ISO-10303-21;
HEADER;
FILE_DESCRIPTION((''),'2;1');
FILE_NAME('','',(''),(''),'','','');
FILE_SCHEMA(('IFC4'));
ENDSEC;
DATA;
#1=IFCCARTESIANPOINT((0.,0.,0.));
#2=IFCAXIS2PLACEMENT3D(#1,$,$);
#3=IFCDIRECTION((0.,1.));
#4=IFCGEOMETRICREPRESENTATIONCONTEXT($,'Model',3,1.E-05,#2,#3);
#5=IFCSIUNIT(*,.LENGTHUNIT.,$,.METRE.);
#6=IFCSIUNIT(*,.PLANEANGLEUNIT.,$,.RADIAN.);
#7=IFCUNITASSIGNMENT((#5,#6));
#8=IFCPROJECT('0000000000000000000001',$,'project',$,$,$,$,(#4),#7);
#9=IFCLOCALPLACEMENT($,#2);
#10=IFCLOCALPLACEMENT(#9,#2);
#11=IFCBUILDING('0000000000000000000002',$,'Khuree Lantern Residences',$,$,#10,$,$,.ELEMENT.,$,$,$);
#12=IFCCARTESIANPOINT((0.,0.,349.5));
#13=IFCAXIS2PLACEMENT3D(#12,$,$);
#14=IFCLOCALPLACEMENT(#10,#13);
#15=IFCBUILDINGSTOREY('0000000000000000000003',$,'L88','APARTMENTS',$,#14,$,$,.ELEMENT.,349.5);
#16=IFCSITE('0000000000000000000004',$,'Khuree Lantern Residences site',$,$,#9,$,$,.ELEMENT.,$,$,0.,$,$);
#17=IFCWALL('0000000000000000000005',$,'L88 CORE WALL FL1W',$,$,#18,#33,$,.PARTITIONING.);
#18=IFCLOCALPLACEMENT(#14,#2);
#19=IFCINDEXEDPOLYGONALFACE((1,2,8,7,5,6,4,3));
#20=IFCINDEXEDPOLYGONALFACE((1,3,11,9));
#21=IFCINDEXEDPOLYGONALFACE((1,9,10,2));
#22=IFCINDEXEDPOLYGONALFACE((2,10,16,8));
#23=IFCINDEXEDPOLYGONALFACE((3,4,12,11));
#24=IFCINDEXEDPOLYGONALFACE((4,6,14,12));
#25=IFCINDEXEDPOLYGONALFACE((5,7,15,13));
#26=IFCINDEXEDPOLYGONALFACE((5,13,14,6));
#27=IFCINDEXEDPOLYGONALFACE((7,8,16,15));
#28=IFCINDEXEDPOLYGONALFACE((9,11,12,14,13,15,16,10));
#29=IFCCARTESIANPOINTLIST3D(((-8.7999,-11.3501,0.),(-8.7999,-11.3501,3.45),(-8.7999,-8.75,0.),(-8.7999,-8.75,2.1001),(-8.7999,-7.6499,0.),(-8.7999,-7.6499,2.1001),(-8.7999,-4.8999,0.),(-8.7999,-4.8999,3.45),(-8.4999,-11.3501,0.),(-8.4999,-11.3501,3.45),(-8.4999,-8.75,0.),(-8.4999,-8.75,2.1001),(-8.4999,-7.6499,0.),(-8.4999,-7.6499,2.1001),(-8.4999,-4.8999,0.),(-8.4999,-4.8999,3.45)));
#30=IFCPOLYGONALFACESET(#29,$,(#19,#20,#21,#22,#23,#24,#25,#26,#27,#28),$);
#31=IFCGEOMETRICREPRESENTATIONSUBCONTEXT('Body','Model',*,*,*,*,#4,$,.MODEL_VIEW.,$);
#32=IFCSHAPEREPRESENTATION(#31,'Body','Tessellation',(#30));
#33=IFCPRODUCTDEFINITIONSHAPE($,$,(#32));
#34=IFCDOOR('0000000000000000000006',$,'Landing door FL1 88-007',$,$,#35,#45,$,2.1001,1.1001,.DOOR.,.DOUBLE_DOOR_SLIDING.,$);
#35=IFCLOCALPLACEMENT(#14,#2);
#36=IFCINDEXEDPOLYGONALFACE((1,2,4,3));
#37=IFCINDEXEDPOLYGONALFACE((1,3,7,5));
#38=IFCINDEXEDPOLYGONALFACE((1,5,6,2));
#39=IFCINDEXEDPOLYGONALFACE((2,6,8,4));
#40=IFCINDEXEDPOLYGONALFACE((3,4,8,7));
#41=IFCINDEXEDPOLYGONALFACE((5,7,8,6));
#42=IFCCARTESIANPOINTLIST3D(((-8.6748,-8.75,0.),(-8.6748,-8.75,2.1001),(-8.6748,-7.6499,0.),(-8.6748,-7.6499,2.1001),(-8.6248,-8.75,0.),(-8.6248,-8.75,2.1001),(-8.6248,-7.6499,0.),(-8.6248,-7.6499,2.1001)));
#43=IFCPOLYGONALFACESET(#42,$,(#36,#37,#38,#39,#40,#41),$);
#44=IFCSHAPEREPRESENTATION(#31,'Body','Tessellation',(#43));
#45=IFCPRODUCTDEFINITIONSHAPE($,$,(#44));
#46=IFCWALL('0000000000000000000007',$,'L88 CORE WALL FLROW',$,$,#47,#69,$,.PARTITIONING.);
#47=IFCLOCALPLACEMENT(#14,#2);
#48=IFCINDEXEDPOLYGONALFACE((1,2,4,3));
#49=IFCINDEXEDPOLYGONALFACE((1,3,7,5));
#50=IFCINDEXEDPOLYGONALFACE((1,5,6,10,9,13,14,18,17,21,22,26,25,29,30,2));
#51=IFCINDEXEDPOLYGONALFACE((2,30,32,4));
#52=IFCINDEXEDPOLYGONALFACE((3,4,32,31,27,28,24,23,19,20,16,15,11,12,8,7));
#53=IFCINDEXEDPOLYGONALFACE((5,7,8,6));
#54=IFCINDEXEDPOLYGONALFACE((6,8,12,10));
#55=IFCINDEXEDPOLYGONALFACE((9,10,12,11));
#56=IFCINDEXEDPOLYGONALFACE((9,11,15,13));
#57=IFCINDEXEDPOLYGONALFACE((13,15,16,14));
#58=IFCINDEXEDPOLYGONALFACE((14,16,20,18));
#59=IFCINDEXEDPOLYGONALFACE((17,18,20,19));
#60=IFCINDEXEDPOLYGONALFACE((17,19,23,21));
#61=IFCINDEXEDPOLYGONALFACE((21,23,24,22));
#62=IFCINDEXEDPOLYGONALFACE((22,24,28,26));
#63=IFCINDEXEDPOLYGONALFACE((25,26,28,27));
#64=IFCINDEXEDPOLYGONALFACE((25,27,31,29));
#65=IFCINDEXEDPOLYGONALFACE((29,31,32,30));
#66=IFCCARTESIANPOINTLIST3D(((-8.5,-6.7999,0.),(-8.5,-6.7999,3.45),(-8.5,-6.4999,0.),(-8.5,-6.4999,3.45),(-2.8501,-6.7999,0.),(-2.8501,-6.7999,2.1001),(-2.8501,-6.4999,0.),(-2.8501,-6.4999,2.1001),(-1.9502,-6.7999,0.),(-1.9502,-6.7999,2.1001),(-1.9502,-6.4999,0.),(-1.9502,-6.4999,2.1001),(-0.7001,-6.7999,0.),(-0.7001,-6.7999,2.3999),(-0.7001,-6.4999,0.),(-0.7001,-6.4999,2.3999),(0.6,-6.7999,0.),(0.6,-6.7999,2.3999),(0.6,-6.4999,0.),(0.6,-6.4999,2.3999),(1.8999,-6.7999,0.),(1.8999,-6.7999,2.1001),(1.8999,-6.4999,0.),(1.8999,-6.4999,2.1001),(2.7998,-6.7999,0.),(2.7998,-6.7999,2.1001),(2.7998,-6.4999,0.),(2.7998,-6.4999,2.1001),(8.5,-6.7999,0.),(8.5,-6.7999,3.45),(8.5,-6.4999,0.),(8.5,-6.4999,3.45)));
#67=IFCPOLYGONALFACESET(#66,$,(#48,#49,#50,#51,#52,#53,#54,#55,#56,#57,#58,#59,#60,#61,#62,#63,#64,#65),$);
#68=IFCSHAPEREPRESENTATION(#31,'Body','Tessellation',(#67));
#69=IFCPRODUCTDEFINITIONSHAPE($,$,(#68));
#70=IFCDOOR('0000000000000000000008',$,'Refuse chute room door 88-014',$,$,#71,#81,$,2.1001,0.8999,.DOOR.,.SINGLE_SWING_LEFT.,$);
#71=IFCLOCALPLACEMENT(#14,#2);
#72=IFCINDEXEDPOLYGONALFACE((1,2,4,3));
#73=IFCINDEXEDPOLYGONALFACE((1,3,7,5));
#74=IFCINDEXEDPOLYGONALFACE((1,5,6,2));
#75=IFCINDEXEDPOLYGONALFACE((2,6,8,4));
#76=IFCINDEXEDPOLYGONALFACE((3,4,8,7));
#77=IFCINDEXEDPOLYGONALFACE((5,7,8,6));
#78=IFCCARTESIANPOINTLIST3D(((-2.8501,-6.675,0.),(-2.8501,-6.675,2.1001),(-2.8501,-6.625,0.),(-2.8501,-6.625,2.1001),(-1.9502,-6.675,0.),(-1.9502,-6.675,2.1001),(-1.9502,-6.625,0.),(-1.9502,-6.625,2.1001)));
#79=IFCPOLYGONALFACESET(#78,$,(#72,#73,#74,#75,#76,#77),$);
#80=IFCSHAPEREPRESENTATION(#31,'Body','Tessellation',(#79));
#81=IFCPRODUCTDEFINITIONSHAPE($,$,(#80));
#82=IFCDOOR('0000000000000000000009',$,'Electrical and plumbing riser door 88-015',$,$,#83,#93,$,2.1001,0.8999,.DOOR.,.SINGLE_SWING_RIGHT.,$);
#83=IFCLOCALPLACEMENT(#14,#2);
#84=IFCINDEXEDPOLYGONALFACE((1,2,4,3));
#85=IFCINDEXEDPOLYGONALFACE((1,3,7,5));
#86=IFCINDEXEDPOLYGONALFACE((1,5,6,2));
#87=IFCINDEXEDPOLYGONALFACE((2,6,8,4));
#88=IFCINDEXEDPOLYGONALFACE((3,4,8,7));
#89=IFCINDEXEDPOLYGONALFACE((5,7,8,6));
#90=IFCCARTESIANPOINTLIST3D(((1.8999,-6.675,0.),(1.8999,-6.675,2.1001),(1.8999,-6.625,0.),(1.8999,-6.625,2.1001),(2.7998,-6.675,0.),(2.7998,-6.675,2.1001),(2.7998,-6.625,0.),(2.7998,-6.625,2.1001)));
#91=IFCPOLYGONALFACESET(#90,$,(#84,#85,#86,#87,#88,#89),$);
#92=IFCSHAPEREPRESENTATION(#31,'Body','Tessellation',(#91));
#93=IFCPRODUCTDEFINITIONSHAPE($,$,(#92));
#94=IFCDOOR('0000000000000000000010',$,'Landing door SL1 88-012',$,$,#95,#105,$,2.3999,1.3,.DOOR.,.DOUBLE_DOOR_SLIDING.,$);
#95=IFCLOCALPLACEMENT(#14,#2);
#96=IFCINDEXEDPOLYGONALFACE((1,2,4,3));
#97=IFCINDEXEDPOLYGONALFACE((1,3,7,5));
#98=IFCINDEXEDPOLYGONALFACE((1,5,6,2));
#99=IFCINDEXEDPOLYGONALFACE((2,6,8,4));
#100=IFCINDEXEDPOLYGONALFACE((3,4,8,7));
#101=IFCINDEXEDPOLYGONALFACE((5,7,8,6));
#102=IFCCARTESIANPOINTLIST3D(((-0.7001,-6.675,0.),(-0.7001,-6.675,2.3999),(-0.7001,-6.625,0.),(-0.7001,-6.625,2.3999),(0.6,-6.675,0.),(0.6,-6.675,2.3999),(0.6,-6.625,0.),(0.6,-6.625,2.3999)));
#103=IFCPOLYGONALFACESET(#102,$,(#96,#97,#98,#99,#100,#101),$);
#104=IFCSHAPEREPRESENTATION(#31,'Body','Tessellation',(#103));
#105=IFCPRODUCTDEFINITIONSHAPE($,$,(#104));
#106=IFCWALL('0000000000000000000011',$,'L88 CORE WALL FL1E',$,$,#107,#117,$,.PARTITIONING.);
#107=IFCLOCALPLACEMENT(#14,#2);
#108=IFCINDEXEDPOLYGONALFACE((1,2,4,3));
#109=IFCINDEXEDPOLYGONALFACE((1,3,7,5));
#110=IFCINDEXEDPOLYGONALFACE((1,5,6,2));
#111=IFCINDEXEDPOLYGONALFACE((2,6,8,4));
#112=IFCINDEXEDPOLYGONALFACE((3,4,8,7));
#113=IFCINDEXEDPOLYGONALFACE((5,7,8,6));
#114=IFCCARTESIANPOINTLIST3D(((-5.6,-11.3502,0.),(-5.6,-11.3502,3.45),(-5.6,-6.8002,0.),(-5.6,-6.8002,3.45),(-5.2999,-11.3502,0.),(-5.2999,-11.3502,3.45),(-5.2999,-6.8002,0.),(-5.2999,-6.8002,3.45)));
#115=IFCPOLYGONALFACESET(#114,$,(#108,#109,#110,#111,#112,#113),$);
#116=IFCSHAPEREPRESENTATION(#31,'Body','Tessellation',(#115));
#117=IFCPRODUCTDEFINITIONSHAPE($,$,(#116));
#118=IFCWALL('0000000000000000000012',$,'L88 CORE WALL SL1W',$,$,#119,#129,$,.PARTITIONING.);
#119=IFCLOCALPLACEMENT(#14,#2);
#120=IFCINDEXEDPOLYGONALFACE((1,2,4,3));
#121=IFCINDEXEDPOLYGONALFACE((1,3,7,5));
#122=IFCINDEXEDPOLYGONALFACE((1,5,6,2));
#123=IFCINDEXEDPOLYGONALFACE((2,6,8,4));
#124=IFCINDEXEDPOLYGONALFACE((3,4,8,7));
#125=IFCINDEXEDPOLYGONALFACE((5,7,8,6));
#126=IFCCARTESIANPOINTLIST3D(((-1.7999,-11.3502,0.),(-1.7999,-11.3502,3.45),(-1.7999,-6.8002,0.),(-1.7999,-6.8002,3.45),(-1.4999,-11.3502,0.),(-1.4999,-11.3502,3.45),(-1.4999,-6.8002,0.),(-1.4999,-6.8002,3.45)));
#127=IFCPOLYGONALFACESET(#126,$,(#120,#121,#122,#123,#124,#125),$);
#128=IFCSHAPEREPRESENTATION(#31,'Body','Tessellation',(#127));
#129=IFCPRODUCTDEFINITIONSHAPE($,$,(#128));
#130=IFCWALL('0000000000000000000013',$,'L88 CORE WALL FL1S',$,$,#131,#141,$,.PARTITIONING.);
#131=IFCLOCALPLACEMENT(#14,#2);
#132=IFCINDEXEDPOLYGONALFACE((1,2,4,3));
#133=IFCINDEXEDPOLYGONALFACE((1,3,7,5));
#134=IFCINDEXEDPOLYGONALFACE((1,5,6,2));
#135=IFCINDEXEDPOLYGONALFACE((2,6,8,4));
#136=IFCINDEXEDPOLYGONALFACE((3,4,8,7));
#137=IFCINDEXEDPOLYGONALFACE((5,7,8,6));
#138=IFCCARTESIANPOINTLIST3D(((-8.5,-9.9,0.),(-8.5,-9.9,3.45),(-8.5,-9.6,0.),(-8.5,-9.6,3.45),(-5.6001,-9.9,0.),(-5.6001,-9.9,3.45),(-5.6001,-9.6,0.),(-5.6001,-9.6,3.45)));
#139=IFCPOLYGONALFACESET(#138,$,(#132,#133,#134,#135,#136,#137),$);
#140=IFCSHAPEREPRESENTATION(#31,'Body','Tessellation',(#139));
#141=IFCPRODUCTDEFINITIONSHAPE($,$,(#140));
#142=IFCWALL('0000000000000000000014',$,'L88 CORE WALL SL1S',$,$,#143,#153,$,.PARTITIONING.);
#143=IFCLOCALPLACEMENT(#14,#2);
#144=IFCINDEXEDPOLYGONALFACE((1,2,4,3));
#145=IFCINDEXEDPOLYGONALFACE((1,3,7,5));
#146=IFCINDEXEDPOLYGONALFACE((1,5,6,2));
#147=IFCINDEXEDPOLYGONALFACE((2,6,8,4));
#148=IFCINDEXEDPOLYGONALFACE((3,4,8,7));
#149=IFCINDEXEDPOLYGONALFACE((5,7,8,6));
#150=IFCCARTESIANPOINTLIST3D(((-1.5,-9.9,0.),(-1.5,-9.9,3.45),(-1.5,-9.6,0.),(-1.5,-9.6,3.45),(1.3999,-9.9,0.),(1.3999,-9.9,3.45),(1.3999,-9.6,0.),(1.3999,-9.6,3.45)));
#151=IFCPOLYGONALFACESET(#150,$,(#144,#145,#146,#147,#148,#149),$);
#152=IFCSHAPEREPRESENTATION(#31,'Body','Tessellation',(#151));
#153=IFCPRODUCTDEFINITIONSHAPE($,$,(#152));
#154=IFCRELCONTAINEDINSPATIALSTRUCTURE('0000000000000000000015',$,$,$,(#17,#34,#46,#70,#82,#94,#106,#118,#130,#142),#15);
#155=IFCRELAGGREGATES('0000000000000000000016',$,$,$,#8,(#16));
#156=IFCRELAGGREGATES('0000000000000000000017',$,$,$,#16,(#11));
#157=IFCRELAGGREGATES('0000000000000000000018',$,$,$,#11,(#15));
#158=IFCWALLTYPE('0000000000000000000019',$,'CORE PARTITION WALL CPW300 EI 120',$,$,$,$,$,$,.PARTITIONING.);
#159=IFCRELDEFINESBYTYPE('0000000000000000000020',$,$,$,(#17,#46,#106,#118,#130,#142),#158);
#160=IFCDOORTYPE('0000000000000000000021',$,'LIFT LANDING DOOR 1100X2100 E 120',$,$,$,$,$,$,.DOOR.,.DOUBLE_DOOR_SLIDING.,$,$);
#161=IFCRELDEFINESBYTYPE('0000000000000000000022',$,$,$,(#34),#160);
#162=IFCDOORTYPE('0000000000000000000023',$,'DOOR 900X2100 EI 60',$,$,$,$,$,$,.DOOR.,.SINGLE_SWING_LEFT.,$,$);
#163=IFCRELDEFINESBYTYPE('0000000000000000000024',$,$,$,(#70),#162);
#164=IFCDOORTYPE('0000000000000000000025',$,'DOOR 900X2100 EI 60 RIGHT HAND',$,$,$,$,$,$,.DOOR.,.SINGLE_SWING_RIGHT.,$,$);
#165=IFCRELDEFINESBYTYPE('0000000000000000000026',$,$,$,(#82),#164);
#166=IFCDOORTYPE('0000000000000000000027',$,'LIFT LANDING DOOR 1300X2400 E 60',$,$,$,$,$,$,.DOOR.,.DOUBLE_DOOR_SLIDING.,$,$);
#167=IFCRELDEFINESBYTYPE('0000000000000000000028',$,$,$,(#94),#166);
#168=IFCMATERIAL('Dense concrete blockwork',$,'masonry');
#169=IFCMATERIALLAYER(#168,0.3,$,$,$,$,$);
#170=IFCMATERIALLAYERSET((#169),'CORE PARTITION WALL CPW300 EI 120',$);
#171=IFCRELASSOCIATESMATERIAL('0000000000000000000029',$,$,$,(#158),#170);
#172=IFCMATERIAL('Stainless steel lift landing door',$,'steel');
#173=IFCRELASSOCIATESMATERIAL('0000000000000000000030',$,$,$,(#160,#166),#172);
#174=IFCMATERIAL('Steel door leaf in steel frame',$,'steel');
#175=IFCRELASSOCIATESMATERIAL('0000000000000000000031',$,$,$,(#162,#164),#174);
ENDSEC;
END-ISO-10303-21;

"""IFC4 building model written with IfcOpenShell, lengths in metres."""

from ifc_helpers import new_model, si_unit, direction, frame, frame_2d, origin, place, context, subcontext, project, spatial, rectangle, extrude, material, layer, layer_set, type_object, element, fill, save


model = new_model("IFC4")

# Units and contexts
model_context = context("Model", 3, precision=1e-05, world=origin(), true_north=direction((0.0, 1.0)))
body_context = subcontext(model_context, "Body", "Model", "MODEL_VIEW")
ifc_project = project(units=[si_unit("LENGTHUNIT", "METRE"), si_unit("PLANEANGLEUNIT", "RADIAN")], contexts=[model_context])

# Site, building, storey
site_placement = place(None, origin())
site = spatial("IfcSite", under=ifc_project, at=site_placement, Name="Khuree Lantern Residences site", CompositionType="ELEMENT", RefElevation=0.0)
building_placement = place(site_placement, origin())
building = spatial("IfcBuilding", under=site, at=building_placement, Name="Khuree Lantern Residences", CompositionType="ELEMENT")
storey_placement = place(building_placement, frame((0.0, 0.0, 349.5)))
storey = spatial("IfcBuildingStorey", under=building, at=storey_placement, Name="L88", Description="APARTMENTS", CompositionType="ELEMENT", Elevation=349.5)

# Wall, opening, door
ifc_material_1 = material(Name="Dense concrete blockwork", Category="masonry")
ifc_layer_1 = layer(ifc_material_1, 0.3)
ifc_layer_set_1 = layer_set([ifc_layer_1], Name="CORE PARTITION WALL CPW300 EI 120")
wall_type_1 = type_object("IfcWallType", Name="CORE PARTITION WALL CPW300 EI 120", PredefinedType="PARTITIONING", material=ifc_layer_set_1)
wall_1_placement = place(storey_placement, frame((-8.6499, -11.3501, 0.0), z_axis=(0.0, 0.0, 1.0), x_axis=(0.0, 1.0, 0.0)))
wall_1 = element("IfcWall", 1, at=wall_1_placement, inside=storey, type_object=wall_type_1, Name="L88 CORE WALL FL1W", PredefinedType="PARTITIONING", context=body_context, shape_type="SweptSolid", body=[
    extrude(rectangle(XDim=6.4502, YDim=0.3, at=frame_2d((3.2251, 0.0))), origin(), (0.0, 0.0, 1.0), 3.45),
])
opening_1_placement = place(wall_1_placement, frame((2.6001, 0.0, 0.0)))
opening_1 = element("IfcOpeningElement", 2, at=opening_1_placement, cuts=wall_1, PredefinedType="OPENING", context=body_context, shape_type="SweptSolid", body=[
    extrude(rectangle(XDim=1.1001, YDim=2.1001, at=frame_2d((0.55, 1.05))), frame((0.0, 0.1602, 0.0), z_axis=(0.0, -1.0, 0.0), x_axis=(1.0, 0.0, 0.0)), (0.0, 0.0, 1.0), 0.3201),
])
ifc_material_2 = material(Name="Stainless steel lift landing door", Category="steel")
door_type_1 = type_object("IfcDoorType", Name="LIFT LANDING DOOR 1100X2100 E 120", OperationType="DOUBLE_DOOR_SLIDING", PredefinedType="DOOR", material=ifc_material_2)
door_1_placement = place(opening_1_placement, origin())
door_1 = element("IfcDoor", 3, at=door_1_placement, inside=storey, type_object=door_type_1, Name="Landing door FL1 88-007", OperationType="DOUBLE_DOOR_SLIDING", OverallHeight=2.1001, OverallWidth=1.1001, PredefinedType="DOOR", context=body_context, shape_type="SweptSolid", body=[
    extrude(rectangle(XDim=1.1001, YDim=2.1001, at=frame_2d((0.55, 1.05))), frame((0.0, 0.0249, 0.0), z_axis=(0.0, -1.0, 0.0), x_axis=(1.0, 0.0, 0.0)), (0.0, 0.0, 1.0), 0.05),
])
fill(opening_1, door_1)

# Wall, openings, doors
wall_2_placement = place(storey_placement, frame((-8.5, -6.6499, 0.0), z_axis=(0.0, 0.0, 1.0), x_axis=(1.0, 0.0, 0.0)))
wall_2 = element("IfcWall", 4, at=wall_2_placement, inside=storey, type_object=wall_type_1, Name="L88 CORE WALL FLROW", PredefinedType="PARTITIONING", context=body_context, shape_type="SweptSolid", body=[
    extrude(rectangle(XDim=17.0, YDim=0.3, at=frame_2d((8.5, 0.0))), origin(), (0.0, 0.0, 1.0), 3.45),
])
opening_2_placement = place(wall_2_placement, frame((7.8, 0.0, 0.0)))
opening_2 = element("IfcOpeningElement", 5, at=opening_2_placement, cuts=wall_2, PredefinedType="OPENING", context=body_context, shape_type="SweptSolid", body=[
    extrude(rectangle(XDim=1.3, YDim=2.3999, at=frame_2d((0.6499, 1.2))), frame((0.0, 0.1602, 0.0), z_axis=(0.0, -1.0, 0.0), x_axis=(1.0, 0.0, 0.0)), (0.0, 0.0, 1.0), 0.3201),
])
opening_3_placement = place(wall_2_placement, frame((5.6499, 0.0, 0.0)))
opening_3 = element("IfcOpeningElement", 6, at=opening_3_placement, cuts=wall_2, PredefinedType="OPENING", context=body_context, shape_type="SweptSolid", body=[
    extrude(rectangle(XDim=0.8999, YDim=2.1001, at=frame_2d((0.45, 1.05))), frame((0.0, 0.1602, 0.0), z_axis=(0.0, -1.0, 0.0), x_axis=(1.0, 0.0, 0.0)), (0.0, 0.0, 1.0), 0.3201),
])
opening_4_placement = place(wall_2_placement, frame((10.3999, 0.0, 0.0)))
opening_4 = element("IfcOpeningElement", 7, at=opening_4_placement, cuts=wall_2, PredefinedType="OPENING", context=body_context, shape_type="SweptSolid", body=[
    extrude(rectangle(XDim=0.8999, YDim=2.1001, at=frame_2d((0.45, 1.05))), frame((0.0, 0.1602, 0.0), z_axis=(0.0, -1.0, 0.0), x_axis=(1.0, 0.0, 0.0)), (0.0, 0.0, 1.0), 0.3201),
])
ifc_material_3 = material(Name="Steel door leaf in steel frame", Category="steel")
door_type_2 = type_object("IfcDoorType", Name="DOOR 900X2100 EI 60", OperationType="SINGLE_SWING_LEFT", PredefinedType="DOOR", material=ifc_material_3)
door_2_placement = place(opening_3_placement, origin())
door_2 = element("IfcDoor", 8, at=door_2_placement, inside=storey, type_object=door_type_2, Name="Refuse chute room door 88-014", OperationType="SINGLE_SWING_LEFT", OverallHeight=2.1001, OverallWidth=0.8999, PredefinedType="DOOR", context=body_context, shape_type="SweptSolid", body=[
    extrude(rectangle(XDim=0.8999, YDim=2.1001, at=frame_2d((0.45, 1.05))), frame((0.0, 0.0249, 0.0), z_axis=(0.0, -1.0, 0.0), x_axis=(1.0, 0.0, 0.0)), (0.0, 0.0, 1.0), 0.05),
])
fill(opening_3, door_2)
door_type_3 = type_object("IfcDoorType", Name="DOOR 900X2100 EI 60 RIGHT HAND", OperationType="SINGLE_SWING_RIGHT", PredefinedType="DOOR", material=ifc_material_3)
door_3_placement = place(opening_4_placement, origin())
door_3 = element("IfcDoor", 9, at=door_3_placement, inside=storey, type_object=door_type_3, Name="Electrical and plumbing riser door 88-015", OperationType="SINGLE_SWING_RIGHT", OverallHeight=2.1001, OverallWidth=0.8999, PredefinedType="DOOR", context=body_context, shape_type="SweptSolid", body=[
    extrude(rectangle(XDim=0.8999, YDim=2.1001, at=frame_2d((0.45, 1.05))), frame((0.0, 0.0249, 0.0), z_axis=(0.0, -1.0, 0.0), x_axis=(1.0, 0.0, 0.0)), (0.0, 0.0, 1.0), 0.05),
])
fill(opening_4, door_3)
door_type_4 = type_object("IfcDoorType", Name="LIFT LANDING DOOR 1300X2400 E 60", OperationType="DOUBLE_DOOR_SLIDING", PredefinedType="DOOR", material=ifc_material_2)
door_4_placement = place(opening_2_placement, origin())
door_4 = element("IfcDoor", 10, at=door_4_placement, inside=storey, type_object=door_type_4, Name="Landing door SL1 88-012", OperationType="DOUBLE_DOOR_SLIDING", OverallHeight=2.3999, OverallWidth=1.3, PredefinedType="DOOR", context=body_context, shape_type="SweptSolid", body=[
    extrude(rectangle(XDim=1.3, YDim=2.3999, at=frame_2d((0.6499, 1.2))), frame((0.0, 0.0249, 0.0), z_axis=(0.0, -1.0, 0.0), x_axis=(1.0, 0.0, 0.0)), (0.0, 0.0, 1.0), 0.05),
])
fill(opening_2, door_4)

# Walls
for number, where, z_axis, x_axis, name in (
    (11, (-5.45, -11.3501, 0.0), (0.0, 0.0, 1.0), (0.0, 1.0, 0.0), "L88 CORE WALL FL1E"),
    (12, (-1.6499, -11.3501, 0.0), (0.0, 0.0, 1.0), (0.0, 1.0, 0.0), "L88 CORE WALL SL1W"),
):
    element("IfcWall", number, at=place(storey_placement, frame(where, z_axis=z_axis, x_axis=x_axis)), inside=storey, type_object=wall_type_1, Name=name, PredefinedType="PARTITIONING", context=body_context, shape_type="SweptSolid", body=[
        extrude(rectangle(XDim=4.55, YDim=0.3, at=frame_2d((2.2749, 0.0))), origin(), (0.0, 0.0, 1.0), 3.45),
    ])
for number, where, z_axis, x_axis, name in (
    (13, (-8.5, -9.75, 0.0), (0.0, 0.0, 1.0), (1.0, 0.0, 0.0), "L88 CORE WALL FL1S"),
    (14, (-1.5, -9.75, 0.0), (0.0, 0.0, 1.0), (1.0, 0.0, 0.0), "L88 CORE WALL SL1S"),
):
    element("IfcWall", number, at=place(storey_placement, frame(where, z_axis=z_axis, x_axis=x_axis)), inside=storey, type_object=wall_type_1, Name=name, PredefinedType="PARTITIONING", context=body_context, shape_type="SweptSolid", body=[
        extrude(rectangle(XDim=2.8999, YDim=0.3, at=frame_2d((1.45, 0.0))), origin(), (0.0, 0.0, 1.0), 3.45),
    ])

save(model, "model.ifc")
